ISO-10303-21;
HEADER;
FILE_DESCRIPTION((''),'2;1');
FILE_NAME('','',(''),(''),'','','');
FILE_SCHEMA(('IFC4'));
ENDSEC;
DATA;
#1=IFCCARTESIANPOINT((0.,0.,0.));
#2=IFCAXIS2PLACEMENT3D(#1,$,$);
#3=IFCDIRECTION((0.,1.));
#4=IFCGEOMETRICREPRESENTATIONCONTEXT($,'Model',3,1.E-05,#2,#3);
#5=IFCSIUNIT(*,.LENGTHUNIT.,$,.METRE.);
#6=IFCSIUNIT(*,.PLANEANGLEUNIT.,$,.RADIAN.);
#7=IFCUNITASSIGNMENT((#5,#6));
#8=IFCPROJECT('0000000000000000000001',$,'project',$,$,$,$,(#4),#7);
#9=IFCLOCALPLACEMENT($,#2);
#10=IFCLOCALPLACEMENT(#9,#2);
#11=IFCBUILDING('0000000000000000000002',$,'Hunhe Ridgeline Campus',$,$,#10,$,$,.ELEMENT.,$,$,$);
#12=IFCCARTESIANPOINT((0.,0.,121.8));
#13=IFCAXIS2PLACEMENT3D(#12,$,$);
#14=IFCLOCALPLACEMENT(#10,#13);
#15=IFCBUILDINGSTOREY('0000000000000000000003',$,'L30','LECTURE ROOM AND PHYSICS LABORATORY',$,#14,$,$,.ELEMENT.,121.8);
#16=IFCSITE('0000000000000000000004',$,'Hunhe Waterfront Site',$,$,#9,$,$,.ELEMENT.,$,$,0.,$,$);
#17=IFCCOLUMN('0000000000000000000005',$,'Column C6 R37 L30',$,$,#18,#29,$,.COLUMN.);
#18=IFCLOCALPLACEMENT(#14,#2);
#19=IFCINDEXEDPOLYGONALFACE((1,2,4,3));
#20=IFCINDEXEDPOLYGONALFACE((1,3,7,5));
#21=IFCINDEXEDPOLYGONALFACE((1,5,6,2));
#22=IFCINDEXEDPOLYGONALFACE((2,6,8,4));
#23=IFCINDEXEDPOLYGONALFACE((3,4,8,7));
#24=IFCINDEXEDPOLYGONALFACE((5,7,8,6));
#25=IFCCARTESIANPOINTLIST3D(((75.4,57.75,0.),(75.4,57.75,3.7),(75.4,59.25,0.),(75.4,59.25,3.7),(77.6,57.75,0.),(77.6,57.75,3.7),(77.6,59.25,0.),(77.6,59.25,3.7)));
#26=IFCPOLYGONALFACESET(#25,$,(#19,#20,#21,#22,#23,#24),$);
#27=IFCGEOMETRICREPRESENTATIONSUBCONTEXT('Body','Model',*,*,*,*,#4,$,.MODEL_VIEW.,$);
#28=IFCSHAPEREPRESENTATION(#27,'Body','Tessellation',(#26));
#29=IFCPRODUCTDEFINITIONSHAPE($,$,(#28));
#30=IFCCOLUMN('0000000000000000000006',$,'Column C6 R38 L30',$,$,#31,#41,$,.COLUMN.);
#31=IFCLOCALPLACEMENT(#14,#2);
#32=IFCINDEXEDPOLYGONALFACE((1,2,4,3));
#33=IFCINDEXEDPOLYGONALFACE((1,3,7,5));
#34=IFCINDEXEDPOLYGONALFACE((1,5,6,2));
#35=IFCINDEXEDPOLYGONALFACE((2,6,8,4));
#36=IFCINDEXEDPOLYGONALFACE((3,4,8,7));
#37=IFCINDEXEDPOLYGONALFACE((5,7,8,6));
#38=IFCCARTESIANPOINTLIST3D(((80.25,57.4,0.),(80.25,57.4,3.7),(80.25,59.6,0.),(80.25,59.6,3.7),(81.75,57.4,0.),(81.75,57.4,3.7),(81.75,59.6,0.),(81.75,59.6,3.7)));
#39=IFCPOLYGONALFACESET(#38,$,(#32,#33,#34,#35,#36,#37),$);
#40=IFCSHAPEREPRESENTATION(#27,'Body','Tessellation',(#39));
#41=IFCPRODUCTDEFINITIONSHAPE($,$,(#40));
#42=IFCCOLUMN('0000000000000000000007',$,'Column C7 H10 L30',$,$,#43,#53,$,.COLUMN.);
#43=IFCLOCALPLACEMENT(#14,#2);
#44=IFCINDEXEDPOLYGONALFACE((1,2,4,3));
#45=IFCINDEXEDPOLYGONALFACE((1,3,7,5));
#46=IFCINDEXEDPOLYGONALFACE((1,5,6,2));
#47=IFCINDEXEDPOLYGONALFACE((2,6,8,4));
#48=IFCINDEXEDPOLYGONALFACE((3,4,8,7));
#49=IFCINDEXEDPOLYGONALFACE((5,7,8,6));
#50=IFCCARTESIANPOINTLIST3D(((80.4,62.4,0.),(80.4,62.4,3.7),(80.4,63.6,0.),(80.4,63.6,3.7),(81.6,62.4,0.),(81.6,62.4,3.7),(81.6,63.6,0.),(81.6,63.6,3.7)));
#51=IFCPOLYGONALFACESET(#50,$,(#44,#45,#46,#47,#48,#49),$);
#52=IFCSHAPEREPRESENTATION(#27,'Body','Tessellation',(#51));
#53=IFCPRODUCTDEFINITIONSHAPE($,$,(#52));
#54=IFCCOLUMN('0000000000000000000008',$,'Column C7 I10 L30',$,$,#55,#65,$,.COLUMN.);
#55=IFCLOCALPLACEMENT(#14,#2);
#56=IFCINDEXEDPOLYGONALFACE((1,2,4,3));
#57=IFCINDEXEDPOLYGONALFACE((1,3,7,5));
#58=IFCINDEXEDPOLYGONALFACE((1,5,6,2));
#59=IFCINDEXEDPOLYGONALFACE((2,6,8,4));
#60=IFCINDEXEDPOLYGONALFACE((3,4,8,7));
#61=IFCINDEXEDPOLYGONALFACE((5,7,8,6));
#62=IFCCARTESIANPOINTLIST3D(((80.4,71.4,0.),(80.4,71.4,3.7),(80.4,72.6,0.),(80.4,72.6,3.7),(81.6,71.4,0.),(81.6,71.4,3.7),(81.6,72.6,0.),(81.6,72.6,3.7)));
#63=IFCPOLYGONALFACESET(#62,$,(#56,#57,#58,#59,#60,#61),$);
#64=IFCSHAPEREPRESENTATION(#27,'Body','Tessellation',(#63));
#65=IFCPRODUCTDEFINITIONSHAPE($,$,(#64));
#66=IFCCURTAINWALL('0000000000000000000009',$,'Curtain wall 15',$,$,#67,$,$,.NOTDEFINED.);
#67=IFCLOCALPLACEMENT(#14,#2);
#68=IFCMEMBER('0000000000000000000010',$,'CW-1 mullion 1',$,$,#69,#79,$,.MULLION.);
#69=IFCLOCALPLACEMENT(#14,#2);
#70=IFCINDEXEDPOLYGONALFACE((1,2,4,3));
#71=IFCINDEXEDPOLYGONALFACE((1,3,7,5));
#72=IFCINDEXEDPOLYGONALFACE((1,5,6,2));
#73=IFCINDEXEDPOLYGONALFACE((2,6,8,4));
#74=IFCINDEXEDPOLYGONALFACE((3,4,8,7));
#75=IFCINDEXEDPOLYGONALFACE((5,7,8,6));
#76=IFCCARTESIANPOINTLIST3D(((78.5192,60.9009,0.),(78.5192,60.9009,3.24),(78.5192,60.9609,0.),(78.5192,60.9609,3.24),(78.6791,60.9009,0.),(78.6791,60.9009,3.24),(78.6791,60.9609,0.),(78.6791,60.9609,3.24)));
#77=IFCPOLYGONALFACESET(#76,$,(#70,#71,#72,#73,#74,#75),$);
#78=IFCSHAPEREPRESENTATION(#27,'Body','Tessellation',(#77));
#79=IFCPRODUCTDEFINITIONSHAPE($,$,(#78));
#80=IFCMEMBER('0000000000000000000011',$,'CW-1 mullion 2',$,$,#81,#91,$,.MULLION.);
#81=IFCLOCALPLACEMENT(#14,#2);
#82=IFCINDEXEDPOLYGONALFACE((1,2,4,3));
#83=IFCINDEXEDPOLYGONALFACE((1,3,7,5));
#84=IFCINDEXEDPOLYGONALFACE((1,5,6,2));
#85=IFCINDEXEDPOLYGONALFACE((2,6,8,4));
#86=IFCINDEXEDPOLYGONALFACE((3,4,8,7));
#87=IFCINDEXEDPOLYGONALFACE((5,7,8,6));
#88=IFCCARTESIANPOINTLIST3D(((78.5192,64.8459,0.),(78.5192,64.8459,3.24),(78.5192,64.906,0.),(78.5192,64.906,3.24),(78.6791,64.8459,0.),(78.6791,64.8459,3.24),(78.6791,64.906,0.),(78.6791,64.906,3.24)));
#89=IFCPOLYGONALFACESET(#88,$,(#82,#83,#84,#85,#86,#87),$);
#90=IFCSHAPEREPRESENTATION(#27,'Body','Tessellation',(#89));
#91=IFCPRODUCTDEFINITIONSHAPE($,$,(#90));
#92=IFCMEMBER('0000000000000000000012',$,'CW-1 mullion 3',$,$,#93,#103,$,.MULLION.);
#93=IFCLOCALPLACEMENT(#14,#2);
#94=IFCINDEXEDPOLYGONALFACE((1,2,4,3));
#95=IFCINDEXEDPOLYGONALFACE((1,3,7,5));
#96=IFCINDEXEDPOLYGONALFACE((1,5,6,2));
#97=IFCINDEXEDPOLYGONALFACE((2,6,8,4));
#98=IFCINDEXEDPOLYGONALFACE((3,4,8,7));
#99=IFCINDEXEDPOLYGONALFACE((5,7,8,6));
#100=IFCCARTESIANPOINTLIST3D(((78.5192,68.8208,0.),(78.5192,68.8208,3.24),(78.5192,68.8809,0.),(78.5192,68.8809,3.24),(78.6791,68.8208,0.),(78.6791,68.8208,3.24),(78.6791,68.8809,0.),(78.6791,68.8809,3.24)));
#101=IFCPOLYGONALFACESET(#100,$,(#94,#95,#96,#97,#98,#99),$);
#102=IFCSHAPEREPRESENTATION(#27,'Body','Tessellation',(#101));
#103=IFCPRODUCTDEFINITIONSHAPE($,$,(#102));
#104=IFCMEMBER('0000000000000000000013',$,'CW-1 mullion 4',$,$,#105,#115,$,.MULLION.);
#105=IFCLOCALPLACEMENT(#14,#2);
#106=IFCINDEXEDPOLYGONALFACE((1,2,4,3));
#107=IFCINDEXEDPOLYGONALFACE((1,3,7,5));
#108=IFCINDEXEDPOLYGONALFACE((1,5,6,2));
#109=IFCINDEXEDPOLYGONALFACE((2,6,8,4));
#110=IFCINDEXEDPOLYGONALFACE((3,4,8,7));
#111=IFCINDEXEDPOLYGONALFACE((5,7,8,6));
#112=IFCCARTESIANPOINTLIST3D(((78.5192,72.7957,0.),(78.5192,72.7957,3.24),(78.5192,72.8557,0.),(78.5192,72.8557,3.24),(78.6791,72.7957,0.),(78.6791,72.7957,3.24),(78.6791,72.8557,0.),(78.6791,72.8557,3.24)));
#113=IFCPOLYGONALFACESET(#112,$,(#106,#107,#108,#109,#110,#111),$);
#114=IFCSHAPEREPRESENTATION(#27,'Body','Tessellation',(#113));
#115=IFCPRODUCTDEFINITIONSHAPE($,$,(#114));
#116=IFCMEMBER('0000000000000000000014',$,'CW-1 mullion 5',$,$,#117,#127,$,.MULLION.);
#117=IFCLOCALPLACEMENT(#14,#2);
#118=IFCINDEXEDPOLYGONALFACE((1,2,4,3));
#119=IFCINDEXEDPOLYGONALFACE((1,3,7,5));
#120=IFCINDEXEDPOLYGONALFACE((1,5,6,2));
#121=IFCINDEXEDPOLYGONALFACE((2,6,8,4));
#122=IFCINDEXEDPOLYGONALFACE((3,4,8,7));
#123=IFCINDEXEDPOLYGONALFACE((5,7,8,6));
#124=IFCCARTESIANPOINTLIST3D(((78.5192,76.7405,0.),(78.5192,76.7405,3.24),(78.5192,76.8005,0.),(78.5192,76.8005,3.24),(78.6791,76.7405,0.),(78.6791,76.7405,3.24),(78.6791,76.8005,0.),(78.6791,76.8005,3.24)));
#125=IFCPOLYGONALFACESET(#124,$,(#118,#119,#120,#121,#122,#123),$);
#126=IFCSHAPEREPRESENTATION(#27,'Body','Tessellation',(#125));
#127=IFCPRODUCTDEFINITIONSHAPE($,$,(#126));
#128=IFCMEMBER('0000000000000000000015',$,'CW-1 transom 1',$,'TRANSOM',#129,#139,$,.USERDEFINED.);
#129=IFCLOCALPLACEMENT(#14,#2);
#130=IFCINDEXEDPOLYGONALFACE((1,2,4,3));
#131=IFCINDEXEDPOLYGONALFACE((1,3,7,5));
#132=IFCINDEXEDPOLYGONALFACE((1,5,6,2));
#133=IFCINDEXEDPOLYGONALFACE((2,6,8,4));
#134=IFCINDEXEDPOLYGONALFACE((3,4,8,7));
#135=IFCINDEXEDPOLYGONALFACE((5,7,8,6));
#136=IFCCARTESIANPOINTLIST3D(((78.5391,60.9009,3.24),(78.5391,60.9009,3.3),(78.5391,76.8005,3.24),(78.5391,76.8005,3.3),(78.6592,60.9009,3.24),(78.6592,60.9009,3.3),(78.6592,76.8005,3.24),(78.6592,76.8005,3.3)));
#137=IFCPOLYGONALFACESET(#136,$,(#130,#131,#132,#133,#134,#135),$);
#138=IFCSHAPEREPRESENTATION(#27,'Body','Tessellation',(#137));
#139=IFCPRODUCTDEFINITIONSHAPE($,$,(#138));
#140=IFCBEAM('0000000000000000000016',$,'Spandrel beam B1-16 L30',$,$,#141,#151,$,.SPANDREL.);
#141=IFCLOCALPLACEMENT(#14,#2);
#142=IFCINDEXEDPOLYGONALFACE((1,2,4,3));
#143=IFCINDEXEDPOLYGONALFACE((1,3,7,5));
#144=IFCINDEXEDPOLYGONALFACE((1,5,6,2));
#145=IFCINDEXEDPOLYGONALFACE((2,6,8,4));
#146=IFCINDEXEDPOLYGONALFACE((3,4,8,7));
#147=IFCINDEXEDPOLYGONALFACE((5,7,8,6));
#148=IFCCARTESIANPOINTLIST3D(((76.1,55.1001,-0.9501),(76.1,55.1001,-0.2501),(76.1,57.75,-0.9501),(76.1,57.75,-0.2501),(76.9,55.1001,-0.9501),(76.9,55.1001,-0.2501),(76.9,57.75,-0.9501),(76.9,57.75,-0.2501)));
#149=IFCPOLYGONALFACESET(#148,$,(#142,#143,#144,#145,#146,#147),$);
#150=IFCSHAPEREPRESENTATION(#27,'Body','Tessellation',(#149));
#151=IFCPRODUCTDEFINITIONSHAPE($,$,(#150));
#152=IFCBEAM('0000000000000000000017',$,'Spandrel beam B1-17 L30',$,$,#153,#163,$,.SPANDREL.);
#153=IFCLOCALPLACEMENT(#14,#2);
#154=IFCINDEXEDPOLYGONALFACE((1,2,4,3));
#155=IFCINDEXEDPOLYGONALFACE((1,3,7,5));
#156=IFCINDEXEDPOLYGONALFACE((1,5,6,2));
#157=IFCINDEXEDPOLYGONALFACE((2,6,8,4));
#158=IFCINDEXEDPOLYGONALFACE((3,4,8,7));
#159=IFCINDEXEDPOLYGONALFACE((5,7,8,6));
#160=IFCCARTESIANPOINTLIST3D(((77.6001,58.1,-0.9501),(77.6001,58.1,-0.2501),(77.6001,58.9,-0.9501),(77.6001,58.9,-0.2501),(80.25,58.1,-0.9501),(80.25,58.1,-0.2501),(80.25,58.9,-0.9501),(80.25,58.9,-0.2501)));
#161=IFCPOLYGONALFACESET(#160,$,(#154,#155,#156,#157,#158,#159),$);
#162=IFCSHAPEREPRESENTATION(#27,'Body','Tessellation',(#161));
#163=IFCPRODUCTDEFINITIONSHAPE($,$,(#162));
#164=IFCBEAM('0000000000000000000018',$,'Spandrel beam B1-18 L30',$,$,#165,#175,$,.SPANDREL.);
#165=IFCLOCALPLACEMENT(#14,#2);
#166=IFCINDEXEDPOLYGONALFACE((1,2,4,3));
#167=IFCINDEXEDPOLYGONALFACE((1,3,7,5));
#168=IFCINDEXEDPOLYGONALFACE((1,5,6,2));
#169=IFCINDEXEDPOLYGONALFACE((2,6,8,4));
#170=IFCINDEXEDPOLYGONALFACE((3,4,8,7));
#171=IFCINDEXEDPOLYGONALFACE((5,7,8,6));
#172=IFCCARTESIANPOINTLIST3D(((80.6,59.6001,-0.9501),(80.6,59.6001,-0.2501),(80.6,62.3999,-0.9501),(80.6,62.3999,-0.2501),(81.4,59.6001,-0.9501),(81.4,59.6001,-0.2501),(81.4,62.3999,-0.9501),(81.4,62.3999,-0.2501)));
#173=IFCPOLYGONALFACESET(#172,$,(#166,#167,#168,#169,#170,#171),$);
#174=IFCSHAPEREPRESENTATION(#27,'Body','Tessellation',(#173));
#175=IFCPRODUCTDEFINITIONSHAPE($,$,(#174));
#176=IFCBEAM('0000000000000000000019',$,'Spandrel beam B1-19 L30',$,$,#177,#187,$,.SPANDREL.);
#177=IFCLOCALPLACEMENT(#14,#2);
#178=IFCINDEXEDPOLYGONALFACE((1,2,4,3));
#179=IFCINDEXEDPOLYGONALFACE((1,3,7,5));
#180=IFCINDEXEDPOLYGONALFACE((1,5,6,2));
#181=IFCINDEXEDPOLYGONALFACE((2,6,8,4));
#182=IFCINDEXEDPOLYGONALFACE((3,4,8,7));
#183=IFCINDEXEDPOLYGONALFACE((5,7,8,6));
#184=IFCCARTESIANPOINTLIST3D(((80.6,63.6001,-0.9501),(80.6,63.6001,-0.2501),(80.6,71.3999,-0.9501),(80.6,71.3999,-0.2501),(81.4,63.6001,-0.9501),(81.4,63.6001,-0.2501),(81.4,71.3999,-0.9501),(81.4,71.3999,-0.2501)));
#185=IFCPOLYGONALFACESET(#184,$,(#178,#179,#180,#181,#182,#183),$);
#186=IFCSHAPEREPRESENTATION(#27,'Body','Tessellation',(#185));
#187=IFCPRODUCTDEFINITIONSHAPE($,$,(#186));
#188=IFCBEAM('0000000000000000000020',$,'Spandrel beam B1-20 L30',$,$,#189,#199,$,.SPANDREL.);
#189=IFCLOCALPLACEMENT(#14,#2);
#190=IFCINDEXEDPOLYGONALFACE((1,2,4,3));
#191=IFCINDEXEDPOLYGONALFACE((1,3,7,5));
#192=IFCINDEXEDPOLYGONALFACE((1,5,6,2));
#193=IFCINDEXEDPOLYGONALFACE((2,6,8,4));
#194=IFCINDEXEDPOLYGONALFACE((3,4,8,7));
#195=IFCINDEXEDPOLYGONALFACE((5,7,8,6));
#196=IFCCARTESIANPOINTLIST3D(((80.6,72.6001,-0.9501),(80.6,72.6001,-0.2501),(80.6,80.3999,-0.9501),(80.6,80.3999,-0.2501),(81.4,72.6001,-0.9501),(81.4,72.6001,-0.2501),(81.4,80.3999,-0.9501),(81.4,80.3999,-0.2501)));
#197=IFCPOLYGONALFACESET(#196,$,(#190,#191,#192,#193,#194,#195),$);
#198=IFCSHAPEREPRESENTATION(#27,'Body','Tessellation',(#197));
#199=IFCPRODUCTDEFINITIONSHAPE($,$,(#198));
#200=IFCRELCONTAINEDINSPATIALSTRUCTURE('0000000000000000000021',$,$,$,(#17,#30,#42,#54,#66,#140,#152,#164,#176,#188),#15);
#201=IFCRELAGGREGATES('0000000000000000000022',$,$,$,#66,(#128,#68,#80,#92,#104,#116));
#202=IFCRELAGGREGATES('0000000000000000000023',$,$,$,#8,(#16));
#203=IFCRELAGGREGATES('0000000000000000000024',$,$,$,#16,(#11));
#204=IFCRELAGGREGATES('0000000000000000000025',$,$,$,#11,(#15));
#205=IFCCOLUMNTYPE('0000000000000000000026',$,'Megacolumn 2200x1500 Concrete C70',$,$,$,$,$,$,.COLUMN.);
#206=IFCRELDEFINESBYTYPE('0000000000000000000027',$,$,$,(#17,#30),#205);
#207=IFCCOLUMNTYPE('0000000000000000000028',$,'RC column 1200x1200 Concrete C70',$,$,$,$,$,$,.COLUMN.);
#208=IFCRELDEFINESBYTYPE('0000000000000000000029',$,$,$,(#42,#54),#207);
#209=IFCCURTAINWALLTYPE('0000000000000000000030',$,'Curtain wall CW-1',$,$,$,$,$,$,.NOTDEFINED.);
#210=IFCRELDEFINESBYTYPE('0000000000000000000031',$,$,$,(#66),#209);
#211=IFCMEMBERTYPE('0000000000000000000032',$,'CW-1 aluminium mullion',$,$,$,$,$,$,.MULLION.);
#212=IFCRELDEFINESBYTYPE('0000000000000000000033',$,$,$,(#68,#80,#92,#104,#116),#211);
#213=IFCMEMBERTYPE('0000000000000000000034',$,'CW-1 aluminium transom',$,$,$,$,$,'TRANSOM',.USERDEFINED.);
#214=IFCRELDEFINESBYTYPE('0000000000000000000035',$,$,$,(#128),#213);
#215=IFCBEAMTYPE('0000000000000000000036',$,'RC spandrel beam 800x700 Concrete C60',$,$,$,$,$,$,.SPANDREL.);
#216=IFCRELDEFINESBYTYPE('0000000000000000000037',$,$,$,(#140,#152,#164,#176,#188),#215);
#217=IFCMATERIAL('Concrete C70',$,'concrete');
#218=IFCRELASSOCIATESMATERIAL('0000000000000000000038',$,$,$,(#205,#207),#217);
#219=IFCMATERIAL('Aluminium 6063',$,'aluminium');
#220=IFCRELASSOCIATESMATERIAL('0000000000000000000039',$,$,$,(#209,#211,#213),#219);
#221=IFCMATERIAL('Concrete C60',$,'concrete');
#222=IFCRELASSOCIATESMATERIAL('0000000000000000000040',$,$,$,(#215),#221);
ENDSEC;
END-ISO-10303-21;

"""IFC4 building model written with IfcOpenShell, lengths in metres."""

from ifc_helpers import new_model, si_unit, direction, frame, origin, origin_2d, place, context, subcontext, project, spatial, rectangle, extrude, material, material_profile, profile_set, type_object, element, aggregate, save


model = new_model("IFC4")

# Units and contexts
model_context = context("Model", 3, precision=1e-05, world=origin(), true_north=direction((0.0, 1.0)))
body_context = subcontext(model_context, "Body", "Model", "MODEL_VIEW")
ifc_project = project(units=[si_unit("LENGTHUNIT", "METRE"), si_unit("PLANEANGLEUNIT", "RADIAN")], contexts=[model_context])

# Site, building, storey
site_placement = place(None, origin())
site = spatial("IfcSite", under=ifc_project, at=site_placement, Name="Hunhe Waterfront Site", CompositionType="ELEMENT", RefElevation=0.0)
building_placement = place(site_placement, origin())
building = spatial("IfcBuilding", under=site, at=building_placement, Name="Hunhe Ridgeline Campus", CompositionType="ELEMENT")
storey_placement = place(building_placement, frame((0.0, 0.0, 121.8)))
storey = spatial("IfcBuildingStorey", under=building, at=storey_placement, Name="L30", Description="LECTURE ROOM AND PHYSICS LABORATORY", CompositionType="ELEMENT", Elevation=121.8)

# Columns
ifc_material_1 = material(Name="Concrete C70", Category="concrete")
ifc_material_profile_1 = material_profile(ifc_material_1, rectangle(XDim=2.2, YDim=1.5, at=origin_2d()))
ifc_profile_set_1 = profile_set([ifc_material_profile_1], Name="Concrete C70")
column_type_1 = type_object("IfcColumnType", Name="Megacolumn 2200x1500 Concrete C70", PredefinedType="COLUMN", material=ifc_profile_set_1)
for number, where, z_axis, x_axis, name in (
    (1, (76.5, 58.5, 0.0), (0.0, 0.0, 1.0), (1.0, 0.0, 0.0), "Column C6 R37 L30"),
    (2, (81.0, 58.5, 0.0), (0.0, 0.0, 1.0), (0.0, 1.0, 0.0), "Column C6 R38 L30"),
):
    element("IfcColumn", number, at=place(storey_placement, frame(where, z_axis=z_axis, x_axis=x_axis)), inside=storey, type_object=column_type_1, Name=name, PredefinedType="COLUMN", context=body_context, shape_type="SweptSolid", body=[
        extrude(rectangle(XDim=2.2, YDim=1.5, at=origin_2d()), origin(), (0.0, 0.0, 1.0), 3.7),
    ])
ifc_material_profile_2 = material_profile(ifc_material_1, rectangle(XDim=1.2, YDim=1.2, at=origin_2d()))
ifc_profile_set_2 = profile_set([ifc_material_profile_2], Name="Concrete C70")
column_type_2 = type_object("IfcColumnType", Name="RC column 1200x1200 Concrete C70", PredefinedType="COLUMN", material=ifc_profile_set_2)
for number, where, z_axis, x_axis, name in (
    (3, (81.0, 63.0, 0.0), (0.0, 0.0, 1.0), (1.0, 0.0, 0.0), "Column C7 H10 L30"),
    (4, (81.0, 72.0, 0.0), (0.0, 0.0, 1.0), (1.0, 0.0, 0.0), "Column C7 I10 L30"),
):
    element("IfcColumn", number, at=place(storey_placement, frame(where, z_axis=z_axis, x_axis=x_axis)), inside=storey, type_object=column_type_2, Name=name, PredefinedType="COLUMN", context=body_context, shape_type="SweptSolid", body=[
        extrude(rectangle(XDim=1.2, YDim=1.2, at=origin_2d()), origin(), (0.0, 0.0, 1.0), 3.7),
    ])

# Curtain wall, members
ifc_material_2 = material(Name="Aluminium 6063", Category="aluminium")
curtain_wall_type = type_object("IfcCurtainWallType", Name="Curtain wall CW-1", PredefinedType="NOTDEFINED", material=ifc_material_2)
curtain_wall_placement = place(storey_placement, origin())
curtain_wall = element("IfcCurtainWall", 5, at=curtain_wall_placement, inside=storey, type_object=curtain_wall_type, Name="Curtain wall 15", PredefinedType="NOTDEFINED")
ifc_material_profile_3 = material_profile(ifc_material_2, rectangle(XDim=0.1599, YDim=0.0601, at=origin_2d()))
ifc_profile_set_3 = profile_set([ifc_material_profile_3], Name="Aluminium 6063")
member_type_1 = type_object("IfcMemberType", Name="CW-1 aluminium mullion", PredefinedType="MULLION", material=ifc_profile_set_3)
member_1_placement = place(storey_placement, frame((78.5991, 60.9309, 0.0), z_axis=(0.0, 0.0, 1.0), x_axis=(-1.0, 0.0, 0.0)))
member_1 = element("IfcMember", 6, at=member_1_placement, type_object=member_type_1, Name="CW-1 mullion 1", PredefinedType="MULLION", context=body_context, shape_type="SweptSolid", body=[
    extrude(rectangle(XDim=0.1599, YDim=0.0601, at=origin_2d()), origin(), (0.0, 0.0, 1.0), 3.24),
])
member_2_placement = place(storey_placement, frame((78.5991, 64.876, 0.0), z_axis=(0.0, 0.0, 1.0), x_axis=(-1.0, 0.0, 0.0)))
member_2 = element("IfcMember", 7, at=member_2_placement, type_object=member_type_1, Name="CW-1 mullion 2", PredefinedType="MULLION", context=body_context, shape_type="SweptSolid", body=[
    extrude(rectangle(XDim=0.1599, YDim=0.0601, at=origin_2d()), origin(), (0.0, 0.0, 1.0), 3.24),
])
member_3_placement = place(storey_placement, frame((78.5991, 68.8508, 0.0), z_axis=(0.0, 0.0, 1.0), x_axis=(-1.0, 0.0, 0.0)))
member_3 = element("IfcMember", 8, at=member_3_placement, type_object=member_type_1, Name="CW-1 mullion 3", PredefinedType="MULLION", context=body_context, shape_type="SweptSolid", body=[
    extrude(rectangle(XDim=0.1599, YDim=0.0601, at=origin_2d()), origin(), (0.0, 0.0, 1.0), 3.24),
])
member_4_placement = place(storey_placement, frame((78.5991, 72.8257, 0.0), z_axis=(0.0, 0.0, 1.0), x_axis=(-1.0, 0.0, 0.0)))
member_4 = element("IfcMember", 9, at=member_4_placement, type_object=member_type_1, Name="CW-1 mullion 4", PredefinedType="MULLION", context=body_context, shape_type="SweptSolid", body=[
    extrude(rectangle(XDim=0.1599, YDim=0.0601, at=origin_2d()), origin(), (0.0, 0.0, 1.0), 3.24),
])
member_5_placement = place(storey_placement, frame((78.5991, 76.7705, 0.0), z_axis=(0.0, 0.0, 1.0), x_axis=(-1.0, 0.0, 0.0)))
member_5 = element("IfcMember", 10, at=member_5_placement, type_object=member_type_1, Name="CW-1 mullion 5", PredefinedType="MULLION", context=body_context, shape_type="SweptSolid", body=[
    extrude(rectangle(XDim=0.1599, YDim=0.0601, at=origin_2d()), origin(), (0.0, 0.0, 1.0), 3.24),
])
ifc_material_profile_4 = material_profile(ifc_material_2, rectangle(XDim=0.1201, YDim=0.0601, at=origin_2d()))
ifc_profile_set_4 = profile_set([ifc_material_profile_4], Name="Aluminium 6063")
member_type_2 = type_object("IfcMemberType", Name="CW-1 aluminium transom", ElementType="TRANSOM", PredefinedType="USERDEFINED", material=ifc_profile_set_4)
member_6_placement = place(storey_placement, frame((78.5991, 60.9009, 3.27), z_axis=(0.0, 1.0, 0.0), x_axis=(-1.0, 0.0, 0.0)))
member_6 = element("IfcMember", 11, at=member_6_placement, type_object=member_type_2, Name="CW-1 transom 1", ObjectType="TRANSOM", PredefinedType="USERDEFINED", context=body_context, shape_type="SweptSolid", body=[
    extrude(rectangle(XDim=0.1201, YDim=0.0601, at=origin_2d()), origin(), (0.0, 0.0, 1.0), 15.8997),
])

# Beams
ifc_material_3 = material(Name="Concrete C60", Category="concrete")
ifc_material_profile_5 = material_profile(ifc_material_3, rectangle(XDim=0.8, YDim=0.7, at=origin_2d()))
ifc_profile_set_5 = profile_set([ifc_material_profile_5], Name="Concrete C60")
beam_type = type_object("IfcBeamType", Name="RC spandrel beam 800x700 Concrete C60", PredefinedType="SPANDREL", material=ifc_profile_set_5)
for number, where, z_axis, x_axis, name in (
    (12, (76.5, 55.1001, -0.6001), (0.0, 1.0, 0.0), (-1.0, 0.0, 0.0), "Spandrel beam B1-16 L30"),
    (13, (77.6001, 58.5, -0.6001), (1.0, 0.0, 0.0), (0.0, 1.0, 0.0), "Spandrel beam B1-17 L30"),
):
    element("IfcBeam", number, at=place(storey_placement, frame(where, z_axis=z_axis, x_axis=x_axis)), inside=storey, type_object=beam_type, Name=name, PredefinedType="SPANDREL", context=body_context, shape_type="SweptSolid", body=[
        extrude(rectangle(XDim=0.8, YDim=0.7, at=origin_2d()), origin(), (0.0, 0.0, 1.0), 2.6499),
    ])
beam_placement = place(storey_placement, frame((81.0, 59.6001, -0.6001), z_axis=(0.0, 1.0, 0.0), x_axis=(-1.0, 0.0, 0.0)))
element("IfcBeam", 14, at=beam_placement, inside=storey, type_object=beam_type, Name="Spandrel beam B1-18 L30", PredefinedType="SPANDREL", context=body_context, shape_type="SweptSolid", body=[
    extrude(rectangle(XDim=0.8, YDim=0.7, at=origin_2d()), origin(), (0.0, 0.0, 1.0), 2.7998),
])
for number, where, z_axis, x_axis, name in (
    (15, (81.0, 63.6001, -0.6001), (0.0, 1.0, 0.0), (-1.0, 0.0, 0.0), "Spandrel beam B1-19 L30"),
    (16, (81.0, 72.6001, -0.6001), (0.0, 1.0, 0.0), (-1.0, 0.0, 0.0), "Spandrel beam B1-20 L30"),
):
    element("IfcBeam", number, at=place(storey_placement, frame(where, z_axis=z_axis, x_axis=x_axis)), inside=storey, type_object=beam_type, Name=name, PredefinedType="SPANDREL", context=body_context, shape_type="SweptSolid", body=[
        extrude(rectangle(XDim=0.8, YDim=0.7, at=origin_2d()), origin(), (0.0, 0.0, 1.0), 7.7998),
    ])

aggregate(curtain_wall, [member_6, member_1, member_2, member_3, member_4, member_5])

save(model, "model.ifc")
